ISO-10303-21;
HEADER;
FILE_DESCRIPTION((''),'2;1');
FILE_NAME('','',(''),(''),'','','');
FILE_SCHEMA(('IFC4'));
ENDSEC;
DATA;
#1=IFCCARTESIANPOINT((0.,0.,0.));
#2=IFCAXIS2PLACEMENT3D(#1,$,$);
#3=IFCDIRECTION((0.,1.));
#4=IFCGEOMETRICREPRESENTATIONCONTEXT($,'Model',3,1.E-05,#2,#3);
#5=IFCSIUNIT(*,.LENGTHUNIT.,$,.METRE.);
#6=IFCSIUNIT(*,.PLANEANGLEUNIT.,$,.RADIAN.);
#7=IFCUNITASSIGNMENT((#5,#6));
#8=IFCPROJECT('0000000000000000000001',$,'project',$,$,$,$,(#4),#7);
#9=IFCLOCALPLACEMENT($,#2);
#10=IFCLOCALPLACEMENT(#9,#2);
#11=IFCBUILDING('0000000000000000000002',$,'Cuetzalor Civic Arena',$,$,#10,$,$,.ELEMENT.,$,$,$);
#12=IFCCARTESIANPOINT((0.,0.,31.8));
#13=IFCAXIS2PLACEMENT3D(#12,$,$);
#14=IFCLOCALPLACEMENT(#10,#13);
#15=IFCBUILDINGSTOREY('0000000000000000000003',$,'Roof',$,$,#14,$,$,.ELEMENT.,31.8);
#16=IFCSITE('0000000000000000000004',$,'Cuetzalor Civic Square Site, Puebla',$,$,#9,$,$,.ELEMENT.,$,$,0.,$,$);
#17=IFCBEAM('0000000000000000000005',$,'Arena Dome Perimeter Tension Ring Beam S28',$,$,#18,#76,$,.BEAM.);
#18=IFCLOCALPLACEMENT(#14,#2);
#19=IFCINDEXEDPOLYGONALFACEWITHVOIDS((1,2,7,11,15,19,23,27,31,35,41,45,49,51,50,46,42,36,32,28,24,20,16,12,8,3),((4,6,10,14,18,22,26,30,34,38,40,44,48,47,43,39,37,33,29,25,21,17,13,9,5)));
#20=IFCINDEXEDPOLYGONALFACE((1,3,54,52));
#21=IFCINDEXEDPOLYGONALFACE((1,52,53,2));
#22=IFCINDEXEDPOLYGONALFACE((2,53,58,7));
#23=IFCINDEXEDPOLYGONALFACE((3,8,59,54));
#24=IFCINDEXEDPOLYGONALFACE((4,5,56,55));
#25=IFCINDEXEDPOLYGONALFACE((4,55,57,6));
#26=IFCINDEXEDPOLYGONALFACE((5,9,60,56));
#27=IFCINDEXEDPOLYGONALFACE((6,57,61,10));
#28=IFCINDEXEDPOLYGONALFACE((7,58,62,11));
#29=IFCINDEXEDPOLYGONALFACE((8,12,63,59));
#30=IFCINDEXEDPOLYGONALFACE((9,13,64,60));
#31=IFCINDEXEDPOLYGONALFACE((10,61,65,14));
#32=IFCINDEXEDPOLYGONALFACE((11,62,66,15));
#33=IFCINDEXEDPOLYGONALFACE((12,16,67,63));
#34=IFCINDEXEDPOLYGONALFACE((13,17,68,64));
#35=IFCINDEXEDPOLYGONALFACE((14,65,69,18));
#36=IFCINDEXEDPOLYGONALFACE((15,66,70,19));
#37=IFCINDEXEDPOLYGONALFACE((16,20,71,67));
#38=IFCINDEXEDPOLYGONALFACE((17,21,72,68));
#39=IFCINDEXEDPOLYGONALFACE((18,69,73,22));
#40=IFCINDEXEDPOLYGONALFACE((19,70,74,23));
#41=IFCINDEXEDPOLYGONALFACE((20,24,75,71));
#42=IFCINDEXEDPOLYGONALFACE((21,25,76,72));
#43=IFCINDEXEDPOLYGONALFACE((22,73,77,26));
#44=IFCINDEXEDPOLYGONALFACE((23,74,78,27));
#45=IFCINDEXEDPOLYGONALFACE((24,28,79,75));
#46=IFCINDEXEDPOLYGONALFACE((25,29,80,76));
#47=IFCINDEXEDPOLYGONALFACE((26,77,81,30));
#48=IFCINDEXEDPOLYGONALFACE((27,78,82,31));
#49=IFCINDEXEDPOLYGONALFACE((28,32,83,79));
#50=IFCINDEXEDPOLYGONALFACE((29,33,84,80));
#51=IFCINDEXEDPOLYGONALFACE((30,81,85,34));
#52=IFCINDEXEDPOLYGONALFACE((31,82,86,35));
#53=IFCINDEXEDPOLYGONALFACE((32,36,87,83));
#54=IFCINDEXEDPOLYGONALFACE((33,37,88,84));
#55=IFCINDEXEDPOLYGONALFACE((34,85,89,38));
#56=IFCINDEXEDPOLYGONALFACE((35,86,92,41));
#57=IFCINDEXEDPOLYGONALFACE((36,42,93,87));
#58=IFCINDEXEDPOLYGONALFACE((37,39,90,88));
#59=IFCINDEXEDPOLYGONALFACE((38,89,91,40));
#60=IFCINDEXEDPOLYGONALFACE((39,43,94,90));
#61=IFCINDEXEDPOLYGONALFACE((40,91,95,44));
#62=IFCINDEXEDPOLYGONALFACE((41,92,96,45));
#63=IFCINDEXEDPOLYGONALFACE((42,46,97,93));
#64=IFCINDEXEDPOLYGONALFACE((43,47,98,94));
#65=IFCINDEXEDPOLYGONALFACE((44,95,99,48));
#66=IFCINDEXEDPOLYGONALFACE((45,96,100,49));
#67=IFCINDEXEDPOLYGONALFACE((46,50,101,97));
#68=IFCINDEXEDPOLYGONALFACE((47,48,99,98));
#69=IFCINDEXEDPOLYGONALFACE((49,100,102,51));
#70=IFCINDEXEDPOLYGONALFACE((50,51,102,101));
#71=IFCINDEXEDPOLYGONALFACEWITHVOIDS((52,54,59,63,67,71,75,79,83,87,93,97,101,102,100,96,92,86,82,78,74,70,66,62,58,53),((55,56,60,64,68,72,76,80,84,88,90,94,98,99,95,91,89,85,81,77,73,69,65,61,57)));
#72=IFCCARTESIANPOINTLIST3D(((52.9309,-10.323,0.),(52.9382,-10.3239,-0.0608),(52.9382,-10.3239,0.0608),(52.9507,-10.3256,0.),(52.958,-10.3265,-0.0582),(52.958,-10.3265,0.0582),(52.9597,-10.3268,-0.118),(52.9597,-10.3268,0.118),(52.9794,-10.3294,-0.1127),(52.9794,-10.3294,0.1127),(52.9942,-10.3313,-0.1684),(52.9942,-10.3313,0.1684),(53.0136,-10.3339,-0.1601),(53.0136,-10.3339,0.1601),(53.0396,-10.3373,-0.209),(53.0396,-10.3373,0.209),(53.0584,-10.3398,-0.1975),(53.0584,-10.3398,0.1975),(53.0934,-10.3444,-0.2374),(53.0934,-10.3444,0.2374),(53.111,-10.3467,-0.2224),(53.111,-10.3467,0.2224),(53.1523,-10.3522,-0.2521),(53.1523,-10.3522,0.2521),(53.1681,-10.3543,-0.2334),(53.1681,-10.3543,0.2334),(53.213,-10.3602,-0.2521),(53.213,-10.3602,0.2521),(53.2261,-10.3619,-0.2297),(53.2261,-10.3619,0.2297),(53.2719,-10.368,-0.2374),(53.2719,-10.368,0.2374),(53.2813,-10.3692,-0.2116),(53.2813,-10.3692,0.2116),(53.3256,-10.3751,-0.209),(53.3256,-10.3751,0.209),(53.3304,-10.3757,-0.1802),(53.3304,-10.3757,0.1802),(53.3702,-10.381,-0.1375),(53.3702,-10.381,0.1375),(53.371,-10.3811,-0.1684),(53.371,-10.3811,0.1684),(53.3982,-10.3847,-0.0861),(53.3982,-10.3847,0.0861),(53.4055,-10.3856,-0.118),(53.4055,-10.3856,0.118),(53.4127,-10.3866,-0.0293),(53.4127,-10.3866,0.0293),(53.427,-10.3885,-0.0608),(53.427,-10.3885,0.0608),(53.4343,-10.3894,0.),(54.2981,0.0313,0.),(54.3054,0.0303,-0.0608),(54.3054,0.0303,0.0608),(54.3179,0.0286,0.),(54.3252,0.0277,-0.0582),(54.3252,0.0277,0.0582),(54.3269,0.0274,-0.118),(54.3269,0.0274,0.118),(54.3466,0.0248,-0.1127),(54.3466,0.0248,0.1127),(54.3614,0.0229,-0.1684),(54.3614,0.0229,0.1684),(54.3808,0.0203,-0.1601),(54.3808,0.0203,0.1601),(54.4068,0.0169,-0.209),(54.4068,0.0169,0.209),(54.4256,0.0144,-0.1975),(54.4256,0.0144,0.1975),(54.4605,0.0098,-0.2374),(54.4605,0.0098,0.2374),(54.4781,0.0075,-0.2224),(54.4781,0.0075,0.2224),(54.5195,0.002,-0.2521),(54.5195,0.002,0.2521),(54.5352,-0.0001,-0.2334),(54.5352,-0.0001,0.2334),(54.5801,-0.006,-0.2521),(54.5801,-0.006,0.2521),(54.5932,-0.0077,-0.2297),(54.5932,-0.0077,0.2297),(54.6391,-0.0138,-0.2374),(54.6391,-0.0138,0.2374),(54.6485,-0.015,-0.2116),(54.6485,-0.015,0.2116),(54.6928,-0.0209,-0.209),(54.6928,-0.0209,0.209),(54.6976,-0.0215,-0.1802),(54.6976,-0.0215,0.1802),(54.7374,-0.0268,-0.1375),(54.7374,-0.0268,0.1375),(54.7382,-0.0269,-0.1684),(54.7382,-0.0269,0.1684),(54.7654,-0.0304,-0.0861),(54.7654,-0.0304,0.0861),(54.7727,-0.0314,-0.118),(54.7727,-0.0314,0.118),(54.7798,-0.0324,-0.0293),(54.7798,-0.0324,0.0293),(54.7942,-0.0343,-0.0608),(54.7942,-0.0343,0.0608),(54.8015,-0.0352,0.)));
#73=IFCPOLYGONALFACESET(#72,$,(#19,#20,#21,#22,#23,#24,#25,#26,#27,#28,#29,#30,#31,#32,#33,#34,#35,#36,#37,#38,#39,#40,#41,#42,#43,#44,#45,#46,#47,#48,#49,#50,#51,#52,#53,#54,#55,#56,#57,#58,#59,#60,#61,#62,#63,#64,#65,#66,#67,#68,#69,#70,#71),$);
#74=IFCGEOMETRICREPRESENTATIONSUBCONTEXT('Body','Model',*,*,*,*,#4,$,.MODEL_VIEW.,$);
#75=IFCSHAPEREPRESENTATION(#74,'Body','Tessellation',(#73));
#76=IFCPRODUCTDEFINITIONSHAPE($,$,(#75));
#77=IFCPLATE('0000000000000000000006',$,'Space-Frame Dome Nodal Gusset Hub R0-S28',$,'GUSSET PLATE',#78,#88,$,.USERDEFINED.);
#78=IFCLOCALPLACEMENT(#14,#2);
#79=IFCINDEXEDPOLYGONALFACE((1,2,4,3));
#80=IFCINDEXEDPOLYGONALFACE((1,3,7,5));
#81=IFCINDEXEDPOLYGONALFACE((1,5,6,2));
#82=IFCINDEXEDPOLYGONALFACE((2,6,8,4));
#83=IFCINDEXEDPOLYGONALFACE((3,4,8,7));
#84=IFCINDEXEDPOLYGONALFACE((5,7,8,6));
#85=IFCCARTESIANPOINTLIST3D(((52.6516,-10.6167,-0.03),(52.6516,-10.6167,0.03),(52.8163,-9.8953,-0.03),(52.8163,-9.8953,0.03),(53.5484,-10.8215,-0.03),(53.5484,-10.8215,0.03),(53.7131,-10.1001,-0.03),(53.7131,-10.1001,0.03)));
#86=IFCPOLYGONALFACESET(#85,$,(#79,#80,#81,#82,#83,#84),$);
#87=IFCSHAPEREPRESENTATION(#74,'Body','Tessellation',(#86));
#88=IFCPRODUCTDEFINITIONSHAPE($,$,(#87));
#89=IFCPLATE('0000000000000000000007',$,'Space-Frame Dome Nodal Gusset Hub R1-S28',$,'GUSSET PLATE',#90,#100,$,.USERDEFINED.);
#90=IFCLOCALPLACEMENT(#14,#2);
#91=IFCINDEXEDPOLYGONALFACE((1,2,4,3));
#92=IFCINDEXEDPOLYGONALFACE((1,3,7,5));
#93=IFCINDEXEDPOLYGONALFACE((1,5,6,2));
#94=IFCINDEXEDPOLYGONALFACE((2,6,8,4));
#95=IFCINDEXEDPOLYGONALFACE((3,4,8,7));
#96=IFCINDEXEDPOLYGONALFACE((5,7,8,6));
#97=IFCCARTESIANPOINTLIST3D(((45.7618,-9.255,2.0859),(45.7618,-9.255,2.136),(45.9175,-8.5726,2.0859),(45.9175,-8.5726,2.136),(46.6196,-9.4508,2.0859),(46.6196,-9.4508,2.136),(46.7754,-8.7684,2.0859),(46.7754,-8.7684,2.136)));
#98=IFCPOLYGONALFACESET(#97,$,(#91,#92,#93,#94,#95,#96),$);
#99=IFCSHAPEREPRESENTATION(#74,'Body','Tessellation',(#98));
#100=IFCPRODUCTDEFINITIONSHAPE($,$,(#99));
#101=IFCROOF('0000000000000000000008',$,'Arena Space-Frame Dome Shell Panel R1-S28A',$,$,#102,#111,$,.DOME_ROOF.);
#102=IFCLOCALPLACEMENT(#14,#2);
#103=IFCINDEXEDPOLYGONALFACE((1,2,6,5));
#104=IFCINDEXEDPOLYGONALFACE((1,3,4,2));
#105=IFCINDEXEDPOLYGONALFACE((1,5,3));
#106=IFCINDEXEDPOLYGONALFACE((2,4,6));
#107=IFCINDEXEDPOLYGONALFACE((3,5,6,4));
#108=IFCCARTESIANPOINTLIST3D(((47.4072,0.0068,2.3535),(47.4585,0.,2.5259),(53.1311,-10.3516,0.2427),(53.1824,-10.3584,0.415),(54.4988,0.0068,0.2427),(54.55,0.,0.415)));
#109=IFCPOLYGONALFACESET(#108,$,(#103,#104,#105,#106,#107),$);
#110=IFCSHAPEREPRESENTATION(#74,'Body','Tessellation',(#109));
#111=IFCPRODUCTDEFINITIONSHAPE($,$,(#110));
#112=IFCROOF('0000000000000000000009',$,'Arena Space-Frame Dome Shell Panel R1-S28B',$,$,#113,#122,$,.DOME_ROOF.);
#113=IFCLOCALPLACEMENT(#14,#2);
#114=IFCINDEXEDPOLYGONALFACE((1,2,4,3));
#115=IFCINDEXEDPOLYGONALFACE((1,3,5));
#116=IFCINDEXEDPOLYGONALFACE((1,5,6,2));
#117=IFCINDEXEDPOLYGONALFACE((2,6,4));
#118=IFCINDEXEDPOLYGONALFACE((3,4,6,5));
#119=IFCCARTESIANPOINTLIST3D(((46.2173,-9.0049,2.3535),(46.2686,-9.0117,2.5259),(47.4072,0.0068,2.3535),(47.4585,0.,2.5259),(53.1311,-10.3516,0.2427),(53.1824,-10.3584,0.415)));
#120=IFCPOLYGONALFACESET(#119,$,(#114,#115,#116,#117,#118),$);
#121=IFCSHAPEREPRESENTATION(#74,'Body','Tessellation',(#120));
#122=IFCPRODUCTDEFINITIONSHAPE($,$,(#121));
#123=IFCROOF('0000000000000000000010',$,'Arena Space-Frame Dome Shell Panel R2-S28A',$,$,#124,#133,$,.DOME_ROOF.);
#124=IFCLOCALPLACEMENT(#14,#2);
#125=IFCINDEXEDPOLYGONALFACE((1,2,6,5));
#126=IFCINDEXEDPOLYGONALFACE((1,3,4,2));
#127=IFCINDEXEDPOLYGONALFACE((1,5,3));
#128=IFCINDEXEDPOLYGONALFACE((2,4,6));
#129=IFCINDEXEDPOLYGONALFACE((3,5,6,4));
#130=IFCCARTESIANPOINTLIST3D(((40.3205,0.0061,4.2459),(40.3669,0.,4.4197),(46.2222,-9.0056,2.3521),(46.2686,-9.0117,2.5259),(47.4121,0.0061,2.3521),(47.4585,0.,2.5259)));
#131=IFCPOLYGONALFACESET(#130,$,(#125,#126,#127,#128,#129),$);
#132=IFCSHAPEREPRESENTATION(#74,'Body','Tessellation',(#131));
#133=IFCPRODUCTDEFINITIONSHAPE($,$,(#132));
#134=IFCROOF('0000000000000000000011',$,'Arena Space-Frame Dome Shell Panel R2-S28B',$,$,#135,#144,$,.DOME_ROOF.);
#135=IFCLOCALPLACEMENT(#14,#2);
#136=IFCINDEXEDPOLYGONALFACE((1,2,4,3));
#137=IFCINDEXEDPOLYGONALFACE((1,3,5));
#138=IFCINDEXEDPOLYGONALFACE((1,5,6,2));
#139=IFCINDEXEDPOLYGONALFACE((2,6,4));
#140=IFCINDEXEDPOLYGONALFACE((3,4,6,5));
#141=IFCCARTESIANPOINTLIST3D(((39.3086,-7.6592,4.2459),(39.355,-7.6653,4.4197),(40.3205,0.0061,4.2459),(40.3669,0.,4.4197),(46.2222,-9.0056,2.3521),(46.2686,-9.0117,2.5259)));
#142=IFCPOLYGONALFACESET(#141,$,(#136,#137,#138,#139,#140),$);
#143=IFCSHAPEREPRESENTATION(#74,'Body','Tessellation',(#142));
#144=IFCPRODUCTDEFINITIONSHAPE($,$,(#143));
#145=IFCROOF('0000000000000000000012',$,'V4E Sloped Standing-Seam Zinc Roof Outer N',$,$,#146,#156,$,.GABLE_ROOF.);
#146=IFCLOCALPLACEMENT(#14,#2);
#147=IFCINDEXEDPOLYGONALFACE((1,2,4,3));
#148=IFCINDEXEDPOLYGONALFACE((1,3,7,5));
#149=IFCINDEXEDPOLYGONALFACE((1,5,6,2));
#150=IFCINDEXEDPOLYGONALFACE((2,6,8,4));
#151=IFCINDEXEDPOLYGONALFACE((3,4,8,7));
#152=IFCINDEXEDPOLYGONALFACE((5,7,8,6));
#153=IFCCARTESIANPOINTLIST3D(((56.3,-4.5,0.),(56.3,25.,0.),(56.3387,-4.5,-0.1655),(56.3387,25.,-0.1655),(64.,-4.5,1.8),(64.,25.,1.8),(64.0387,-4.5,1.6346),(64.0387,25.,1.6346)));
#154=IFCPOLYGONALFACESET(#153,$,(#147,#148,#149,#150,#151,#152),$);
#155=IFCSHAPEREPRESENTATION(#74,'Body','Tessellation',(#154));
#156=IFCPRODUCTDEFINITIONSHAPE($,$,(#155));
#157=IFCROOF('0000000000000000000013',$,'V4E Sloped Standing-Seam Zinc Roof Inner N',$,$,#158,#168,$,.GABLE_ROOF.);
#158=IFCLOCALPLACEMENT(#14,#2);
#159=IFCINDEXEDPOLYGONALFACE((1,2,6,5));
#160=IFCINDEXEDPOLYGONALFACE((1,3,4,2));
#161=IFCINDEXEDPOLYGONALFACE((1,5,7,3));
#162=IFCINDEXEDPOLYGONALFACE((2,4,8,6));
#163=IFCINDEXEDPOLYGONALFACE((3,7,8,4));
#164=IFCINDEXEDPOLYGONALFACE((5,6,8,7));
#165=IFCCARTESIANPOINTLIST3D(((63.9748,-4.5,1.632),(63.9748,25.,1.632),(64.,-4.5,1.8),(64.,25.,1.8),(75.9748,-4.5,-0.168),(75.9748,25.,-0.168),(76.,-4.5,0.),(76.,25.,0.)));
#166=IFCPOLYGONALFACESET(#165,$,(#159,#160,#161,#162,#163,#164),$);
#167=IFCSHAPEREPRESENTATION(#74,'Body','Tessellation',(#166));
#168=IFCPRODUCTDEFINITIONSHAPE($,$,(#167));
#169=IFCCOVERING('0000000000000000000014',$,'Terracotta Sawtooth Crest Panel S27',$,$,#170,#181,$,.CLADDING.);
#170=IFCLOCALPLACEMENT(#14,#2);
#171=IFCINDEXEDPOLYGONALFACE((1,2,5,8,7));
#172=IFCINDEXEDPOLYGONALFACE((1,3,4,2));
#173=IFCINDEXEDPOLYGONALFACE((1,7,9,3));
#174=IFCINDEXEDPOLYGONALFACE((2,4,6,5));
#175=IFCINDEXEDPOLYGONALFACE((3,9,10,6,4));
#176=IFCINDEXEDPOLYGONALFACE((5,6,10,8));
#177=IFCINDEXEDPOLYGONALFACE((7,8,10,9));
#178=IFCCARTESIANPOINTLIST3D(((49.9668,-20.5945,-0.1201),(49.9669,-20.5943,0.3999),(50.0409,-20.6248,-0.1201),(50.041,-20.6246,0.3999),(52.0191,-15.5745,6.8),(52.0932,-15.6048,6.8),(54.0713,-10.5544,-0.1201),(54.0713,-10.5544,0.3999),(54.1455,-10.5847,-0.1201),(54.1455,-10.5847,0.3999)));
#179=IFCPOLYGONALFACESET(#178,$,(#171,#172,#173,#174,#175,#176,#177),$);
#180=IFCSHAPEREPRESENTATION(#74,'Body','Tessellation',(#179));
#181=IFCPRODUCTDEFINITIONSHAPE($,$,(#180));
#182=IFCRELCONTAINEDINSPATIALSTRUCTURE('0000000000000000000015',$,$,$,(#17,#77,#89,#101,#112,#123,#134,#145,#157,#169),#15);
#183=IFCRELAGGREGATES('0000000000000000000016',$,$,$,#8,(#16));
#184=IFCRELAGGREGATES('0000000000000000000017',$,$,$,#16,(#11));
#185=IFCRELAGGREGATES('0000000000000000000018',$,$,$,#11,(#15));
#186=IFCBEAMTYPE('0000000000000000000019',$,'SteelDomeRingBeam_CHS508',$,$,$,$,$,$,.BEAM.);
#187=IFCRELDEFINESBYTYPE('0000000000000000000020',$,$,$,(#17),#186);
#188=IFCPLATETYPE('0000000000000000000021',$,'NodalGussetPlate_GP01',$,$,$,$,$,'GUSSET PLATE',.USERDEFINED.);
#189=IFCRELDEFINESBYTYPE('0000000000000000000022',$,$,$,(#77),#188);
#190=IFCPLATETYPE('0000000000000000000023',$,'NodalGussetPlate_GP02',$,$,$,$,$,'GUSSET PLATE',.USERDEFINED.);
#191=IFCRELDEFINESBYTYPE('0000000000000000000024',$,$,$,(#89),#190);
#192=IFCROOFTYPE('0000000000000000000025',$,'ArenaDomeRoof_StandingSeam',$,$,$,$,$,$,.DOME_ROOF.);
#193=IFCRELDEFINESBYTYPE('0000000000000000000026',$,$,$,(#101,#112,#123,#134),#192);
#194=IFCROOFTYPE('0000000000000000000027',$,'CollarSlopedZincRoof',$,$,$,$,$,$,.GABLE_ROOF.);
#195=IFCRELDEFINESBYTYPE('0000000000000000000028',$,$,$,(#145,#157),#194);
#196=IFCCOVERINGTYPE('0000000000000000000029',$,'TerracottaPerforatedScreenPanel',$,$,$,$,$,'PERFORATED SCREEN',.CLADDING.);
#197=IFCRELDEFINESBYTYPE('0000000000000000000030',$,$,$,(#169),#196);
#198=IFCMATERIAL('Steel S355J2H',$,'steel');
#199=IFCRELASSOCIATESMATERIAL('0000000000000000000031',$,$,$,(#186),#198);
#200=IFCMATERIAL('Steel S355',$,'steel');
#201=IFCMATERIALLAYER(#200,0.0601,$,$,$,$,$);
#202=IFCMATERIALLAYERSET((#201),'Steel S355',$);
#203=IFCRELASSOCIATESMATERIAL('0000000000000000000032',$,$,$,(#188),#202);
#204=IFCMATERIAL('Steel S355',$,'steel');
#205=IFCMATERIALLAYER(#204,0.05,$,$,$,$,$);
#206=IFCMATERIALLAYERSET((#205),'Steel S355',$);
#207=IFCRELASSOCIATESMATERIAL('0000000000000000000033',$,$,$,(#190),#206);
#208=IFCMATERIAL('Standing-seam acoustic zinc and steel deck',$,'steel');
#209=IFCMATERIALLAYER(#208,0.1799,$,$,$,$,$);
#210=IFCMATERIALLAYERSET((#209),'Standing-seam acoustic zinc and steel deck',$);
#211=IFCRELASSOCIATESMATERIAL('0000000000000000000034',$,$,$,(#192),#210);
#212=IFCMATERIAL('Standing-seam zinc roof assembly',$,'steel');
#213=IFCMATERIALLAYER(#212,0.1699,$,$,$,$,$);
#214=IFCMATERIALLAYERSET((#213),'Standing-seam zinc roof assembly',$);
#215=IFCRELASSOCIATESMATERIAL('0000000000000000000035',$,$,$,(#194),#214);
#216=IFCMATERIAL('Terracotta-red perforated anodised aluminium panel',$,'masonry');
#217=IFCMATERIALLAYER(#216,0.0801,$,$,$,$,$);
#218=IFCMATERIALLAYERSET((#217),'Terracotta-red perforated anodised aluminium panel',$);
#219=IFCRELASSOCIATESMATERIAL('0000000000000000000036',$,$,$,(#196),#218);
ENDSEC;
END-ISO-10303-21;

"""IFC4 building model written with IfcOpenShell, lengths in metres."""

from ifc_helpers import new_model, si_unit, direction, frame, origin, origin_2d, place, context, subcontext, project, spatial, polyline, rectangle, hollow_circle, outline, extrude, material, layer, layer_set, material_profile, profile_set, type_object, element, save


model = new_model("IFC4")

# Units and contexts
model_context = context("Model", 3, precision=1e-05, world=origin(), true_north=direction((0.0, 1.0)))
body_context = subcontext(model_context, "Body", "Model", "MODEL_VIEW")
ifc_project = project(units=[si_unit("LENGTHUNIT", "METRE"), si_unit("PLANEANGLEUNIT", "RADIAN")], contexts=[model_context])

# Site, building, storey
site_placement = place(None, origin())
site = spatial("IfcSite", under=ifc_project, at=site_placement, Name="Cuetzalor Civic Square Site, Puebla", CompositionType="ELEMENT", RefElevation=0.0)
building_placement = place(site_placement, origin())
building = spatial("IfcBuilding", under=site, at=building_placement, Name="Cuetzalor Civic Arena", CompositionType="ELEMENT")
storey_placement = place(building_placement, frame((0.0, 0.0, 31.8)))
storey = spatial("IfcBuildingStorey", under=building, at=storey_placement, Name="Roof", CompositionType="ELEMENT", Elevation=31.8)

# Beam
ifc_material_1 = material(Name="Steel S355J2H", Category="steel")
ifc_material_profile_1 = material_profile(ifc_material_1, hollow_circle(Radius=0.2539, WallThickness=0.02, at=origin_2d()), Name="CHS 508x20")
ifc_profile_set_1 = profile_set([ifc_material_profile_1], Name="Steel S355J2H")
beam_type = type_object("IfcBeamType", Name="SteelDomeRingBeam_CHS508", PredefinedType="BEAM", material=ifc_profile_set_1)
beam_placement = place(storey_placement, frame((53.1826, -10.3562, 0.0), z_axis=(0.130905, 0.991395, 0.0), x_axis=(-0.991395, 0.130905, 0.0)))
element("IfcBeam", 1, at=beam_placement, inside=storey, type_object=beam_type, Name="Arena Dome Perimeter Tension Ring Beam S28", PredefinedType="BEAM", context=body_context, shape_type="SweptSolid", body=[
    extrude(hollow_circle(Radius=0.2539, WallThickness=0.02, at=origin_2d()), origin(), (0.0, 0.0, 1.0), 10.4441),
])

# Plates
ifc_material_2 = material(Name="Steel S355", Category="steel")
ifc_layer_1 = layer(ifc_material_2, 0.0601)
ifc_layer_set_1 = layer_set([ifc_layer_1], Name="Steel S355")
plate_type_1 = type_object("IfcPlateType", Name="NodalGussetPlate_GP01", ElementType="GUSSET PLATE", PredefinedType="USERDEFINED", material=ifc_layer_set_1)
plate_1_placement = place(storey_placement, frame((53.1824, -10.3584, -0.03), z_axis=(0.0, 0.0, 1.0), x_axis=(0.974917, -0.22257, 0.0)))
element("IfcPlate", 2, at=plate_1_placement, inside=storey, type_object=plate_type_1, Name="Space-Frame Dome Nodal Gusset Hub R0-S28", ObjectType="GUSSET PLATE", PredefinedType="USERDEFINED", context=body_context, shape_type="SweptSolid", body=[
    extrude(rectangle(XDim=0.9199, YDim=0.74, at=origin_2d()), origin(), (0.0, 0.0, 1.0), 0.0601),
])
ifc_material_3 = material(Name="Steel S355", Category="steel")
ifc_layer_2 = layer(ifc_material_3, 0.05)
ifc_layer_set_2 = layer_set([ifc_layer_2], Name="Steel S355")
plate_type_2 = type_object("IfcPlateType", Name="NodalGussetPlate_GP02", ElementType="GUSSET PLATE", PredefinedType="USERDEFINED", material=ifc_layer_set_2)
plate_2_placement = place(storey_placement, frame((46.2686, -9.0117, 2.0859), z_axis=(0.0, 0.0, 1.0), x_axis=(0.974917, -0.22257, 0.0)))
element("IfcPlate", 3, at=plate_2_placement, inside=storey, type_object=plate_type_2, Name="Space-Frame Dome Nodal Gusset Hub R1-S28", ObjectType="GUSSET PLATE", PredefinedType="USERDEFINED", context=body_context, shape_type="SweptSolid", body=[
    extrude(rectangle(XDim=0.8799, YDim=0.7, at=origin_2d()), origin(), (0.0, 0.0, 1.0), 0.05),
])

# Roofs
ifc_material_4 = material(Name="Standing-seam acoustic zinc and steel deck", Category="steel")
ifc_layer_3 = layer(ifc_material_4, 0.1799)
ifc_layer_set_3 = layer_set([ifc_layer_3], Name="Standing-seam acoustic zinc and steel deck")
roof_type_1 = type_object("IfcRoofType", Name="ArenaDomeRoof_StandingSeam", PredefinedType="DOME_ROOF", material=ifc_layer_set_3)
roof_1_placement = place(storey_placement, frame((53.1824, -10.3584, 0.415), z_axis=(0.285084, -0.037641, 0.957763), x_axis=(0.130899, 0.991396, 0.0)))
element("IfcRoof", 4, at=roof_1_placement, inside=storey, type_object=roof_type_1, Name="Arena Space-Frame Dome Shell Panel R1-S28A", PredefinedType="DOME_ROOF", context=body_context, shape_type="SweptSolid", body=[
    extrude(outline(polyline([(0.0, 0.0), (10.4483, 0.0), (9.52, 7.3406), (0.0, 0.0)])), origin(), (0.0, 0.0, -1.0), 0.1799),
])
roof_2_placement = place(storey_placement, frame((53.1824, -10.3584, 0.415), z_axis=(0.28508, -0.037643, 0.957764), x_axis=(-0.476139, 0.861661, 0.17559)))
element("IfcRoof", 5, at=roof_2_placement, inside=storey, type_object=roof_type_1, Name="Arena Space-Frame Dome Shell Panel R1-S28B", PredefinedType="DOME_ROOF", context=body_context, shape_type="SweptSolid", body=[
    extrude(outline(polyline([(0.0, 0.0), (12.0214, 0.0), (4.823, 5.5506), (0.0, 0.0)])), origin(), (0.0, 0.0, -1.0), 0.1799),
])
roof_3_placement = place(storey_placement, frame((46.2686, -9.0117, 2.5259), z_axis=(0.257859, -0.034049, 0.965582), x_axis=(0.130907, 0.991395, 0.0)))
element("IfcRoof", 6, at=roof_3_placement, inside=storey, type_object=roof_type_1, Name="Arena Space-Frame Dome Shell Panel R2-S28A", PredefinedType="DOME_ROOF", context=body_context, shape_type="SweptSolid", body=[
    extrude(outline(polyline([(0.0, 0.0), (9.0899, 0.0), (8.1616, 7.2811), (0.0, 0.0)])), origin(), (0.0, 0.0, -1.0), 0.1799),
])
roof_4_placement = place(storey_placement, frame((46.2686, -9.0117, 2.5259), z_axis=(0.257866, -0.034043, 0.965581), x_axis=(-0.539581, 0.823937, 0.173149)))
element("IfcRoof", 7, at=roof_4_placement, inside=storey, type_object=roof_type_1, Name="Arena Space-Frame Dome Shell Panel R2-S28B", PredefinedType="DOME_ROOF", context=body_context, shape_type="SweptSolid", body=[
    extrude(outline(polyline([(0.0, 0.0), (10.9374, 0.0), (5.1677, 5.147), (0.0, 0.0)])), origin(), (0.0, 0.0, -1.0), 0.1799),
])
ifc_material_5 = material(Name="Standing-seam zinc roof assembly", Category="steel")
ifc_layer_4 = layer(ifc_material_5, 0.1699)
ifc_layer_set_4 = layer_set([ifc_layer_4], Name="Standing-seam zinc roof assembly")
roof_type_2 = type_object("IfcRoofType", Name="CollarSlopedZincRoof", PredefinedType="GABLE_ROOF", material=ifc_layer_set_4)
roof_5_placement = place(storey_placement, frame((56.3, -4.5, 0.0), z_axis=(-0.227637, 0.0, 0.973746), x_axis=(0.973746, 0.0, 0.227637)))
element("IfcRoof", 8, at=roof_5_placement, inside=storey, type_object=roof_type_2, Name="V4E Sloped Standing-Seam Zinc Roof Outer N", PredefinedType="GABLE_ROOF", context=body_context, shape_type="SweptSolid", body=[
    extrude(outline(polyline([(0.0, 0.0), (7.9076, 0.0), (7.9076, 29.5), (0.0, 29.5), (0.0, 0.0)])), origin(), (0.0, 0.0, -1.0), 0.1699),
])
roof_6_placement = place(storey_placement, frame((64.0, -4.5, 1.8), z_axis=(0.148344, 0.0, 0.988936), x_axis=(0.988936, 0.0, -0.148344)))
element("IfcRoof", 9, at=roof_6_placement, inside=storey, type_object=roof_type_2, Name="V4E Sloped Standing-Seam Zinc Roof Inner N", PredefinedType="GABLE_ROOF", context=body_context, shape_type="SweptSolid", body=[
    extrude(outline(polyline([(0.0, 0.0), (12.1343, 0.0), (12.1343, 29.5), (0.0, 29.5), (0.0, 0.0)])), origin(), (0.0, 0.0, -1.0), 0.1699),
])

# Covering
ifc_material_6 = material(Name="Terracotta-red perforated anodised aluminium panel", Category="masonry")
ifc_layer_5 = layer(ifc_material_6, 0.0801)
ifc_layer_set_5 = layer_set([ifc_layer_5], Name="Terracotta-red perforated anodised aluminium panel")
covering_type = type_object("IfcCoveringType", Name="TerracottaPerforatedScreenPanel", ElementType="PERFORATED SCREEN", PredefinedType="CLADDING", material=ifc_layer_set_5)
covering_1_placement = place(storey_placement, frame((54.1084, -10.5696, -0.1201), z_axis=(0.0, 0.0, 1.0), x_axis=(-0.378412, -0.925637, 0.0)))
element("IfcCovering", 10, at=covering_1_placement, inside=storey, type_object=covering_type, Name="Terracotta Sawtooth Crest Panel S27", PredefinedType="CLADDING", context=body_context, shape_type="SweptSolid", body=[
    extrude(outline(polyline([(0.0, 0.0), (10.8467, 0.0), (10.8464, 0.52), (5.4233, 6.9202), (0.0, 0.52), (0.0, 0.0)])), frame((0.0, 0.04, 0.0), z_axis=(0.0, -1.0, 0.0), x_axis=(1.0, 0.0, 0.0)), (0.0, 0.0, 1.0), 0.0801),
])

save(model, "model.ifc")
